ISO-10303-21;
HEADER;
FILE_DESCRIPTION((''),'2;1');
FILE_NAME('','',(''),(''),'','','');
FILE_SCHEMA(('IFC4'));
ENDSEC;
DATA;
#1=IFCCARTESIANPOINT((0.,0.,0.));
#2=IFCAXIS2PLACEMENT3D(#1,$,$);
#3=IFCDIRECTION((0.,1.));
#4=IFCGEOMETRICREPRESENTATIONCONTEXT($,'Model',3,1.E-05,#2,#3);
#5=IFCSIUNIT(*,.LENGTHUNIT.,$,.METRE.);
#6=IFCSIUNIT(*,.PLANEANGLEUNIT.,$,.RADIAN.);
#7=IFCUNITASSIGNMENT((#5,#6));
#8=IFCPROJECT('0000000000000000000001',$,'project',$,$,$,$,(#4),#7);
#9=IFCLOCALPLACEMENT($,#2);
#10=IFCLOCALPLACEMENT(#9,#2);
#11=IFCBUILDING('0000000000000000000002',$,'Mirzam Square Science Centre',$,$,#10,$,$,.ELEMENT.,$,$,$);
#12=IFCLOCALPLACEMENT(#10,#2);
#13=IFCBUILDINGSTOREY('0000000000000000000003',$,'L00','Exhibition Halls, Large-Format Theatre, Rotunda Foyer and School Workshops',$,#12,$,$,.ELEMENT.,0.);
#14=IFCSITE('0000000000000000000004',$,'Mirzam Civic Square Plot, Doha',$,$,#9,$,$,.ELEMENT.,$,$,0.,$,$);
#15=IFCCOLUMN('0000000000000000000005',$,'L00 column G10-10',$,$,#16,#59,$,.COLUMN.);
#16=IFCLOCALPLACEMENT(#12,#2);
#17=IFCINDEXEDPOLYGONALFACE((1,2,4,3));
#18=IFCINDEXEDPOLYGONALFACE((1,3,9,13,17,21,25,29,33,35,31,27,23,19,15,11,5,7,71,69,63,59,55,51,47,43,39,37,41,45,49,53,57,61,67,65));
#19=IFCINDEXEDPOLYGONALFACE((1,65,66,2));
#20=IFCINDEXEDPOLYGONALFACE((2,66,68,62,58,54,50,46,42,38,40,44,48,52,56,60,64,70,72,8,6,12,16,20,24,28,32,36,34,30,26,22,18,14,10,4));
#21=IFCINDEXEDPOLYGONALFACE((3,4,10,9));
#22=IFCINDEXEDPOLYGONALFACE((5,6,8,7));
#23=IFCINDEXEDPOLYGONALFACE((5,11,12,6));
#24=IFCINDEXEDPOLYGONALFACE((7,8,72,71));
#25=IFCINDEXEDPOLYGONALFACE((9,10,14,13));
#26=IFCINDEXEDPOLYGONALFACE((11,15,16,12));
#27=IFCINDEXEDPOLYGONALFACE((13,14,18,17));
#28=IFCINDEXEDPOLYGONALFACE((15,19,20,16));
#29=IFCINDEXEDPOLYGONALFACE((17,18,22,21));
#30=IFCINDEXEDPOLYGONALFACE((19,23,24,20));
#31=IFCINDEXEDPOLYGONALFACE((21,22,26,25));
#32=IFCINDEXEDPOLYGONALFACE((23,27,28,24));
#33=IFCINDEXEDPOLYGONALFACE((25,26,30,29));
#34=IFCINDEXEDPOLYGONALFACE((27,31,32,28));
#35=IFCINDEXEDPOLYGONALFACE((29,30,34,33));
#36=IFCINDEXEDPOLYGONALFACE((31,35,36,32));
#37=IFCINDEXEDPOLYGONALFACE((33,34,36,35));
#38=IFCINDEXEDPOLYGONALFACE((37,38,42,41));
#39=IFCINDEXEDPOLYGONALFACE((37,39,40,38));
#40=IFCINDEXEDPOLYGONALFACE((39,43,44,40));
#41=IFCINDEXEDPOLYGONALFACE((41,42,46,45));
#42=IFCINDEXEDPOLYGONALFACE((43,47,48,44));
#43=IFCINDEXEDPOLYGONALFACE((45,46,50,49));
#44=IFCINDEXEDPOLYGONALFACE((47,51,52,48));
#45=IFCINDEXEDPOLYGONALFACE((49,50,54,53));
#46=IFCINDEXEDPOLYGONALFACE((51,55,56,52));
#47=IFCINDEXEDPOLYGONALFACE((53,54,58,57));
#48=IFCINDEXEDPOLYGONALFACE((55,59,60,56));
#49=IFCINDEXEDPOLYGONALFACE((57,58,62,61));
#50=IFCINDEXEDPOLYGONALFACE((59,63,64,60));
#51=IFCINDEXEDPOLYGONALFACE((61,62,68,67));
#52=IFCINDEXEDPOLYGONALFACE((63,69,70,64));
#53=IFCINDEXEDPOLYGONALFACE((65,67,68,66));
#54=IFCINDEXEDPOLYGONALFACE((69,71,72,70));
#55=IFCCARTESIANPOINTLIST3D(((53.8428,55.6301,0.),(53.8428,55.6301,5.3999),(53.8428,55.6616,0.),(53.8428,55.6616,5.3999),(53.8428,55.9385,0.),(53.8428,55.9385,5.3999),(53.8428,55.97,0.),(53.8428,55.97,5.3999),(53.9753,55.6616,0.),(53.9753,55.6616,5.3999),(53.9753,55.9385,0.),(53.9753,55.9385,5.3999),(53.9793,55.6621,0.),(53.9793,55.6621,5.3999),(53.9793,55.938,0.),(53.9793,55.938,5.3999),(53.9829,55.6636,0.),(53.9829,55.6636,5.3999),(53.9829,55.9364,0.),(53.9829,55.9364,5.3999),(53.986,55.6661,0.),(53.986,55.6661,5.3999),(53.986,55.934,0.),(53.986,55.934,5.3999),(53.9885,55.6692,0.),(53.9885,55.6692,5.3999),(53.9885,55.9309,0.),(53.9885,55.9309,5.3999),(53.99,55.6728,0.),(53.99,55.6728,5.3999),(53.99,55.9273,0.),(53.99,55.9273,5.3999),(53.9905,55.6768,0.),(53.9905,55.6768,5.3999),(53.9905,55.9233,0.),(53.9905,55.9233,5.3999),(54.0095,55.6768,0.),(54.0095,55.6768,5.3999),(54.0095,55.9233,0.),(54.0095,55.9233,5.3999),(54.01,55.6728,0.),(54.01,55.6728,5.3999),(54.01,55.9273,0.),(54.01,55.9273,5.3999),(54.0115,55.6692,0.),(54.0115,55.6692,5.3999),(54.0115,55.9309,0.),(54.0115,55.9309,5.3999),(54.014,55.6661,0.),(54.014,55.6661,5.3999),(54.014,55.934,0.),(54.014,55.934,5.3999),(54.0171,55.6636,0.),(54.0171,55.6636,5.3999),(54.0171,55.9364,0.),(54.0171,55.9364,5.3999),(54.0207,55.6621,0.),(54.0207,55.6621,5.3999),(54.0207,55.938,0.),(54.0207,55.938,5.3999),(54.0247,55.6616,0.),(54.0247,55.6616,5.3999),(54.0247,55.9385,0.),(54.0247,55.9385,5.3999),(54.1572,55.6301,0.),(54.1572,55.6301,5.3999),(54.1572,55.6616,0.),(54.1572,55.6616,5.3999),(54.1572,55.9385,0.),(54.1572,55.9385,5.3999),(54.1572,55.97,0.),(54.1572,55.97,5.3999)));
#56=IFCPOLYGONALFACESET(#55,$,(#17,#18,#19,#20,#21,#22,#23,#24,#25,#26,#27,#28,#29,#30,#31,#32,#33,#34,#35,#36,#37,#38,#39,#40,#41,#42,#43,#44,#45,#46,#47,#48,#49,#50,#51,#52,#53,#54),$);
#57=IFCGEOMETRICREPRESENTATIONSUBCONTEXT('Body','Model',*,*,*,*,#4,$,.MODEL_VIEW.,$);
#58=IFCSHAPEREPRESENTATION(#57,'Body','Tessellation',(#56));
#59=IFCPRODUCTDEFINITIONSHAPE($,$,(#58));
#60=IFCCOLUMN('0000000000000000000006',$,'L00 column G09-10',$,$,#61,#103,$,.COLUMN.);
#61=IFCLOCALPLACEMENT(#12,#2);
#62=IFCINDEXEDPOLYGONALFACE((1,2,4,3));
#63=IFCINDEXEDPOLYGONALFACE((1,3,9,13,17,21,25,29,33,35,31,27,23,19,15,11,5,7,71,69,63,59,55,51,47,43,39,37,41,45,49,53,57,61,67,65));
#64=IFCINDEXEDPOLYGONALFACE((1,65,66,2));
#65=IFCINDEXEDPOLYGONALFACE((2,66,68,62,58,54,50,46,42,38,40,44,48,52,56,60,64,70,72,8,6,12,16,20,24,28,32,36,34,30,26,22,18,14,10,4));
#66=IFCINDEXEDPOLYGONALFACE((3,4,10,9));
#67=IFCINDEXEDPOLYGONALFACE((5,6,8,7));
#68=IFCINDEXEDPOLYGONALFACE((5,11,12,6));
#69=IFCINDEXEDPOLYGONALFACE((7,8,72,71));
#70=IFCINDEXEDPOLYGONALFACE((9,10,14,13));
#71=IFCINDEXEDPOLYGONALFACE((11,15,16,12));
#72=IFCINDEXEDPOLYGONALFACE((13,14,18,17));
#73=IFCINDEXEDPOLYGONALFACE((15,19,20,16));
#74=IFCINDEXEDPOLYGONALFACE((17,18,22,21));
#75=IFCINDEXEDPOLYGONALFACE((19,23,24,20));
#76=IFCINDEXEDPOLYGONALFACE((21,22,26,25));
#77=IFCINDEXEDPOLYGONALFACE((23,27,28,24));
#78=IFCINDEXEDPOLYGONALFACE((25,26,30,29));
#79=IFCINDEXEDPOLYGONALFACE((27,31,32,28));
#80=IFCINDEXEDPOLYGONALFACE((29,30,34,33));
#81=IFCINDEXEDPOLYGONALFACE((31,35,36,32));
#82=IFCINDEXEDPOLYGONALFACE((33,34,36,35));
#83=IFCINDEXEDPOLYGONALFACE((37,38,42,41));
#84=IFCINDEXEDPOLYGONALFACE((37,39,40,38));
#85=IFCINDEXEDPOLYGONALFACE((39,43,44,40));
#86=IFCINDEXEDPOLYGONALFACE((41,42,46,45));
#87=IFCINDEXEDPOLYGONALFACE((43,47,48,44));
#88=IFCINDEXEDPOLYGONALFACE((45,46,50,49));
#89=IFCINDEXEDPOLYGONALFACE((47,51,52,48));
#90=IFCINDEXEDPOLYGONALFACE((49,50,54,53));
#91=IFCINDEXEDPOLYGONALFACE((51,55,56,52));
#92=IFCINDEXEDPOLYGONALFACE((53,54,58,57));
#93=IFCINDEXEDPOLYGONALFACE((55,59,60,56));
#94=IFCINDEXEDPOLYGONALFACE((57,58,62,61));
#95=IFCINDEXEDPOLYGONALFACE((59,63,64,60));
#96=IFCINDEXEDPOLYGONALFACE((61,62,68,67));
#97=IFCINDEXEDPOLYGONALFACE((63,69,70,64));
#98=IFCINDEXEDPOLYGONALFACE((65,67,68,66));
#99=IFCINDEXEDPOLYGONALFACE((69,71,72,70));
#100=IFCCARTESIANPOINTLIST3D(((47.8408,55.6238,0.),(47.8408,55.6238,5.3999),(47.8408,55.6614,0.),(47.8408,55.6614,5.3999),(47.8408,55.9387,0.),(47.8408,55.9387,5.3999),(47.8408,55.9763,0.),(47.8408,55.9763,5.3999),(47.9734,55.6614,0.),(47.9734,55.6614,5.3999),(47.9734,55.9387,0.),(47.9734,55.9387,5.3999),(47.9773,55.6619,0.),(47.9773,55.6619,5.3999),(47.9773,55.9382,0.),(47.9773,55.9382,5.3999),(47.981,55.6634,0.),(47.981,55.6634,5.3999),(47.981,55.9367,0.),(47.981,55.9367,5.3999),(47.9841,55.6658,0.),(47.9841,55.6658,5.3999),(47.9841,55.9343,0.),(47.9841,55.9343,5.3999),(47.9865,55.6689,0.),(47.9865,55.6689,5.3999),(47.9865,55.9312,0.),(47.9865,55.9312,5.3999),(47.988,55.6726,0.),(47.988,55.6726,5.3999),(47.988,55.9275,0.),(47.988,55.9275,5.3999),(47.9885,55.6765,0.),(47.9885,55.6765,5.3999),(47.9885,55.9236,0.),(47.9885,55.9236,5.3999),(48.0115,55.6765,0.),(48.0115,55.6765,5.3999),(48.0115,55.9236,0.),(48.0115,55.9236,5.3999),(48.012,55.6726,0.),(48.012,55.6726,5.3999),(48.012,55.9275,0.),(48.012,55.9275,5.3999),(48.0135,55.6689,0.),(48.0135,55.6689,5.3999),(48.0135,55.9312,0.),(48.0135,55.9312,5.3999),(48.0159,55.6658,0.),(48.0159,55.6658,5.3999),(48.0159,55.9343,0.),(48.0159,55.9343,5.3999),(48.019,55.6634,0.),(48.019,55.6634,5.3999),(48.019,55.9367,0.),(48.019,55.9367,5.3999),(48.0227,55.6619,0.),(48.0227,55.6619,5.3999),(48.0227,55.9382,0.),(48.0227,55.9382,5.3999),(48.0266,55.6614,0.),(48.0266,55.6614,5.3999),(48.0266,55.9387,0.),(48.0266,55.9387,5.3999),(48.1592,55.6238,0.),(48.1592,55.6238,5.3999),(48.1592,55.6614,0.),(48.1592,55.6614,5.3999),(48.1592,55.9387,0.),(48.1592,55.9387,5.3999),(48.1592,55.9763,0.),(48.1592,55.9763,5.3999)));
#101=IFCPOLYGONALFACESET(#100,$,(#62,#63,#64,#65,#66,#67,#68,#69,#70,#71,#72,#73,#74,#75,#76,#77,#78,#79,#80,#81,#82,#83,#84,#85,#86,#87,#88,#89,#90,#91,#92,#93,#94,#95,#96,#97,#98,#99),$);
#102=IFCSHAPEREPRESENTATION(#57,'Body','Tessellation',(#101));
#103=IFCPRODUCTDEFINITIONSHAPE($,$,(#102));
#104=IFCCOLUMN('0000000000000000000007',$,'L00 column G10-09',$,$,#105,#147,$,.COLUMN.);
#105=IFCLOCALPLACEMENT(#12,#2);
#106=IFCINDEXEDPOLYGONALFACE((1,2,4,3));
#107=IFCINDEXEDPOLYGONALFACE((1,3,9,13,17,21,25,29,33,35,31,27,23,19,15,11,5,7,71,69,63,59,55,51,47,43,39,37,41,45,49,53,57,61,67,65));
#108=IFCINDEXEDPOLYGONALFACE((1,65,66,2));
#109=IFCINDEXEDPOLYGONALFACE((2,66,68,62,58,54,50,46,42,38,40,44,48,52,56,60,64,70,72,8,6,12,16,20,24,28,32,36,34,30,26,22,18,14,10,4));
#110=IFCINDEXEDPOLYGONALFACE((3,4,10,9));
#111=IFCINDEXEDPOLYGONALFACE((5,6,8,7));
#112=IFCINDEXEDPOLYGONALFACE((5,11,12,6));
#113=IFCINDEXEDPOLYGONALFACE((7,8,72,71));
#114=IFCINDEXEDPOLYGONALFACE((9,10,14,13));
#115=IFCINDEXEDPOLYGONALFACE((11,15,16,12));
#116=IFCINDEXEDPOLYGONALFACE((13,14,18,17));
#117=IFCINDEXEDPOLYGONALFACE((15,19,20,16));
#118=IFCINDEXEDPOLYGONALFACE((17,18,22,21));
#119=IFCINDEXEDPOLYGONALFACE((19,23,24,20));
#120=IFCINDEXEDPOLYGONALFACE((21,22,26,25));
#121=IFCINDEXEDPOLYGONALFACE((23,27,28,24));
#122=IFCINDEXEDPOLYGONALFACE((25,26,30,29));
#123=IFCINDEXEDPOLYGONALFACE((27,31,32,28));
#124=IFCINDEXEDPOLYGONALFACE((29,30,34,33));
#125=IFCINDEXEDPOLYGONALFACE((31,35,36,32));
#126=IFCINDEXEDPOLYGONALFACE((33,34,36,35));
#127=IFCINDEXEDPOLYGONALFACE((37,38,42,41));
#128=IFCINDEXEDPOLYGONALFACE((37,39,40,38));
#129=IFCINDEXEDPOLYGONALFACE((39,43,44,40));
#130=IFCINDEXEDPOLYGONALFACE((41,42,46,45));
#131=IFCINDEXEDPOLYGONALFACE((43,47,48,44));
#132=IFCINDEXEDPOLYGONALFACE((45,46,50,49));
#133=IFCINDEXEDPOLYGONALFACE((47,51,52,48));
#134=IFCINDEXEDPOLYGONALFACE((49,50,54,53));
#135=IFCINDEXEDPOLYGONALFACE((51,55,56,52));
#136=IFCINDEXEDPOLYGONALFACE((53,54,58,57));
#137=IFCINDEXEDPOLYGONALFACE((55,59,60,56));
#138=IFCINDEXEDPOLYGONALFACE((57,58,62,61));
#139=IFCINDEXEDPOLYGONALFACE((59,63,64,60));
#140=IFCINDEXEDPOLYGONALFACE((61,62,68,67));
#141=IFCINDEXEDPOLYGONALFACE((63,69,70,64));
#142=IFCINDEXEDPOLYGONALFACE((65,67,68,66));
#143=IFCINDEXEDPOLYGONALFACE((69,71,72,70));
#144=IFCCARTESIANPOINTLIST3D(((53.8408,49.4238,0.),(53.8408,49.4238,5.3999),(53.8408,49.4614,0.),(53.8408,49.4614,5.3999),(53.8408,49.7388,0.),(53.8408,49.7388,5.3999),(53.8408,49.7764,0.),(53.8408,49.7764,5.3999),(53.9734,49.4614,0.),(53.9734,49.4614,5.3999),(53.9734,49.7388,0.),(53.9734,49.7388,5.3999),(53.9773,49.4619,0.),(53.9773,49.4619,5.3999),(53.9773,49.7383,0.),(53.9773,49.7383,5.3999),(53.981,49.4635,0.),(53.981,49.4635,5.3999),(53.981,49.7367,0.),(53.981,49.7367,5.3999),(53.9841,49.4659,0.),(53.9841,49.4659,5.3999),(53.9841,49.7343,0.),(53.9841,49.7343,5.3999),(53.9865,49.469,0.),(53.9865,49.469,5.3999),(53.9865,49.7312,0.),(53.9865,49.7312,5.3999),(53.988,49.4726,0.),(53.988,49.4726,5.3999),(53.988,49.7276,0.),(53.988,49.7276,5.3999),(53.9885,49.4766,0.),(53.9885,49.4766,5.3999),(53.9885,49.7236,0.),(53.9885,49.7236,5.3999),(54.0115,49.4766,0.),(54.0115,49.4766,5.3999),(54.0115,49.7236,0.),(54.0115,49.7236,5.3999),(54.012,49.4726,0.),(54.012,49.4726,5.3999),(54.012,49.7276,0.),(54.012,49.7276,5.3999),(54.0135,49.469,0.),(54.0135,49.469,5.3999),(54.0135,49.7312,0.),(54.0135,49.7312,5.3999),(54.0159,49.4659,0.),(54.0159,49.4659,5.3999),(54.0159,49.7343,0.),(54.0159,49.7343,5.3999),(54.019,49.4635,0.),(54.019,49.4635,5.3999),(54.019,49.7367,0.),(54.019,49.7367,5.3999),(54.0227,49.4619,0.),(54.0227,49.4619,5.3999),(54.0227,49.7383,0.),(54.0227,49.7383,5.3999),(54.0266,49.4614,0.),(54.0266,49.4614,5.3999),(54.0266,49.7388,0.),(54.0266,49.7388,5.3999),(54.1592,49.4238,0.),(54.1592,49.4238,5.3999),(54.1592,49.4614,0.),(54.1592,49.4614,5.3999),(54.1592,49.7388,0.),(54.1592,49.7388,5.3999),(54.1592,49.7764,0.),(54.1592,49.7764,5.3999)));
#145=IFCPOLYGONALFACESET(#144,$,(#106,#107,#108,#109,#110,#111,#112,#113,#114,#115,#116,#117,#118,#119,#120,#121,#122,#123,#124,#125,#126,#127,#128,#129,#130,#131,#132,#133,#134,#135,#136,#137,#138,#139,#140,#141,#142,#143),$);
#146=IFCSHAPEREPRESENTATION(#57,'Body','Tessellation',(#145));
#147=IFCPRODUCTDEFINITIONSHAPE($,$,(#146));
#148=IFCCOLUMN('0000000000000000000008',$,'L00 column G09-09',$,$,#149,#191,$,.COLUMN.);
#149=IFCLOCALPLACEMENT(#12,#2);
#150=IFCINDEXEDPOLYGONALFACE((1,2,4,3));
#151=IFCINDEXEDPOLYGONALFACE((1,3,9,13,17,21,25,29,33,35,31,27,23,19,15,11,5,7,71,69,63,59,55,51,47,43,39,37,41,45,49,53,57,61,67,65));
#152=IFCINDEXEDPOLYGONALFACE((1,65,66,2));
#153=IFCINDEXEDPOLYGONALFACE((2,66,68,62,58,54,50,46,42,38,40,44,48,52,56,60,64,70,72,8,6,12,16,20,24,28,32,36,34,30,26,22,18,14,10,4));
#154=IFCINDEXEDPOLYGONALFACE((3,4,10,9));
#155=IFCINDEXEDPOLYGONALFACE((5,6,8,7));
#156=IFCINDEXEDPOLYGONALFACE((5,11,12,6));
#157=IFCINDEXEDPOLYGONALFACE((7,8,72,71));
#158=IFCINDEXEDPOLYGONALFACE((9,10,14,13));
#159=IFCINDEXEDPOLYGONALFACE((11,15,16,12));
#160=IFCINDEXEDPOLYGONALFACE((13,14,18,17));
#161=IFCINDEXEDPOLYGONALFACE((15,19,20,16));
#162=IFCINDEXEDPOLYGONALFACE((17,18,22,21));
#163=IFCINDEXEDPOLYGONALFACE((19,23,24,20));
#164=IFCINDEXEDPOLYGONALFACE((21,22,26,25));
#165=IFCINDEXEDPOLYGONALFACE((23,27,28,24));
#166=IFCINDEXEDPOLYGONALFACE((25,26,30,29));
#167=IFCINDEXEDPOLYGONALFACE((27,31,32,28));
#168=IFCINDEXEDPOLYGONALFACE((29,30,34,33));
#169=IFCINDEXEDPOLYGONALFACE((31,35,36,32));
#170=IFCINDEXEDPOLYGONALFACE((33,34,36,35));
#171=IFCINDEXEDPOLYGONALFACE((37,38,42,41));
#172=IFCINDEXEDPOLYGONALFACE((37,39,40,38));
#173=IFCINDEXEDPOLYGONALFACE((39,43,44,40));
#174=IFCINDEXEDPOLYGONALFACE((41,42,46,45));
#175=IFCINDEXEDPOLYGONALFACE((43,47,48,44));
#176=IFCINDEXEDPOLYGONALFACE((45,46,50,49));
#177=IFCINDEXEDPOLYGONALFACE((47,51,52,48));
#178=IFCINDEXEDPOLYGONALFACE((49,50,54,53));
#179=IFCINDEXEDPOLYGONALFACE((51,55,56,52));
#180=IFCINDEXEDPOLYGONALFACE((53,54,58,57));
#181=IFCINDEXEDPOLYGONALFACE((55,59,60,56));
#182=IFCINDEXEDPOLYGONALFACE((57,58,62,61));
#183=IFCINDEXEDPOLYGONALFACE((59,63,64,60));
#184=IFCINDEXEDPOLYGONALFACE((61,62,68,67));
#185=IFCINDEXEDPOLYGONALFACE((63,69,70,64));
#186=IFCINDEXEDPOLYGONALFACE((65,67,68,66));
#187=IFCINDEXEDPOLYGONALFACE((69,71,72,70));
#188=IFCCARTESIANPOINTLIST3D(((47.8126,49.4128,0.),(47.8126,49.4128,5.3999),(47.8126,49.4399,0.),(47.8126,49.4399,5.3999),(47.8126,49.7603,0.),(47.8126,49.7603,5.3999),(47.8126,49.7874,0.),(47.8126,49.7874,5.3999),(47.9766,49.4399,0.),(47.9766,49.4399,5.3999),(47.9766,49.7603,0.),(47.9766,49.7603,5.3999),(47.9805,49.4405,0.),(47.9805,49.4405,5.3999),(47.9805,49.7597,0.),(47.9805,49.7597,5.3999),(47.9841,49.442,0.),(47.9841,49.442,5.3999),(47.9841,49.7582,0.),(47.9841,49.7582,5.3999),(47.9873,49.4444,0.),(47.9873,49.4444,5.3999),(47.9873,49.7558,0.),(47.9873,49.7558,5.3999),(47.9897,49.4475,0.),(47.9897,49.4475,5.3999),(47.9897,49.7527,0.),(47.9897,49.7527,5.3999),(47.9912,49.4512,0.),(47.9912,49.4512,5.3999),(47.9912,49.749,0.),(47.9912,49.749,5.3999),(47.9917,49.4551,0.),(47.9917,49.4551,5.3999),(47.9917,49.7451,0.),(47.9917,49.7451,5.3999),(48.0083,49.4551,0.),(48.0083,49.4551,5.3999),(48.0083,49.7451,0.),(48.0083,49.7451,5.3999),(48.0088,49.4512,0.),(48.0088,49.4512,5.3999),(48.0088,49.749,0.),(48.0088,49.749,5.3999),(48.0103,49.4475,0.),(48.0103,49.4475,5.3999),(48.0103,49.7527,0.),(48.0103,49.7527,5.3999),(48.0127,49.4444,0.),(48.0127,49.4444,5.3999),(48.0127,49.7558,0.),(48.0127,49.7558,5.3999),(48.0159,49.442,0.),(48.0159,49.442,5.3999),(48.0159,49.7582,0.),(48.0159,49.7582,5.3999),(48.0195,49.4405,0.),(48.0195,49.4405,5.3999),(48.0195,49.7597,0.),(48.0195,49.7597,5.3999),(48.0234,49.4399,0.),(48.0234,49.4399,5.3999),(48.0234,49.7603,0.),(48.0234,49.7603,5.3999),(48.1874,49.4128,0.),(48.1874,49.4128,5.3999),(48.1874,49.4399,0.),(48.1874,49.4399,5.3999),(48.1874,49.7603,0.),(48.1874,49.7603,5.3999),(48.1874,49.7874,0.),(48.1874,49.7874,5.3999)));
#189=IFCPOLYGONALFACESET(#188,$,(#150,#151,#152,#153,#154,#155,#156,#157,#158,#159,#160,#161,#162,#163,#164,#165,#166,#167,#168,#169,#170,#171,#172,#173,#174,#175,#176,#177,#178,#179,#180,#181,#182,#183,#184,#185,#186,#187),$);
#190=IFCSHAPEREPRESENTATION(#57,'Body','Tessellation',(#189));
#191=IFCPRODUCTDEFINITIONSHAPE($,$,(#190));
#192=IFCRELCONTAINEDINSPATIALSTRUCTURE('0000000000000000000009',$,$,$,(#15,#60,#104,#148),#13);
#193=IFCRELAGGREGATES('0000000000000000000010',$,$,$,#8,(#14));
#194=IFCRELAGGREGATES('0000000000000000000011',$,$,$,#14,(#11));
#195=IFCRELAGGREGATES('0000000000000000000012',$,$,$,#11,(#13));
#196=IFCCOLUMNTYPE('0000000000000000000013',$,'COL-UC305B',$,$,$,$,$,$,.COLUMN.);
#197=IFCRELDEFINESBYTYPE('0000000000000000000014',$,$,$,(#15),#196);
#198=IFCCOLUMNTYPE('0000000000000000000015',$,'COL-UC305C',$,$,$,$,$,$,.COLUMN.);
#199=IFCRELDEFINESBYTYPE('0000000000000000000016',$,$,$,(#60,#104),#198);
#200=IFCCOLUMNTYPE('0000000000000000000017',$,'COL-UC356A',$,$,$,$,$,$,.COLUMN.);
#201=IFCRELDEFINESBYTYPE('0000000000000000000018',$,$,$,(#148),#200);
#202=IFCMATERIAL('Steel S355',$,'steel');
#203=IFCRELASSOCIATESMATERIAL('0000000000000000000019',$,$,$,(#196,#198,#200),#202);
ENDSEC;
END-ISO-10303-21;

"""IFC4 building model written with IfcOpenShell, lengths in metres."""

from ifc_helpers import new_model, si_unit, direction, frame, origin, origin_2d, place, context, subcontext, project, spatial, i_section, extrude, material, material_profile, profile_set, type_object, element, save


model = new_model("IFC4")

# Units and contexts
model_context = context("Model", 3, precision=1e-05, world=origin(), true_north=direction((0.0, 1.0)))
body_context = subcontext(model_context, "Body", "Model", "MODEL_VIEW")
ifc_project = project(units=[si_unit("LENGTHUNIT", "METRE"), si_unit("PLANEANGLEUNIT", "RADIAN")], contexts=[model_context])

# Site, building, storey
site_placement = place(None, origin())
site = spatial("IfcSite", under=ifc_project, at=site_placement, Name="Mirzam Civic Square Plot, Doha", CompositionType="ELEMENT", RefElevation=0.0)
building_placement = place(site_placement, origin())
building = spatial("IfcBuilding", under=site, at=building_placement, Name="Mirzam Square Science Centre", CompositionType="ELEMENT")
storey_placement = place(building_placement, origin())
storey = spatial("IfcBuildingStorey", under=building, at=storey_placement, Name="L00", Description="Exhibition Halls, Large-Format Theatre, Rotunda Foyer and School Workshops", CompositionType="ELEMENT", Elevation=0.0)

# Columns
ifc_material_1 = material(Name="Steel S355", Category="steel")
ifc_material_profile_1 = material_profile(ifc_material_1, i_section(OverallWidth=0.3145, OverallDepth=0.3398, WebThickness=0.019, FlangeThickness=0.0315, FilletRadius=0.0151, at=origin_2d()), Name="305x305x198UC")
ifc_profile_set_1 = profile_set([ifc_material_profile_1], Name="Steel S355")
column_type_1 = type_object("IfcColumnType", Name="COL-UC305B", PredefinedType="COLUMN", material=ifc_profile_set_1)
column_1_placement = place(storey_placement, frame((54.0, 55.8, 0.0), z_axis=(0.0, 0.0, 1.0), x_axis=(1.0, 0.0, 0.0)))
element("IfcColumn", 1, at=column_1_placement, inside=storey, type_object=column_type_1, Name="L00 column G10-10", PredefinedType="COLUMN", context=body_context, shape_type="SweptSolid", body=[
    extrude(i_section(OverallWidth=0.3145, OverallDepth=0.3398, WebThickness=0.019, FlangeThickness=0.0315, FilletRadius=0.0151, at=origin_2d()), origin(), (0.0, 0.0, 1.0), 5.3999),
])
ifc_material_profile_2 = material_profile(ifc_material_1, i_section(OverallWidth=0.3184, OverallDepth=0.3525, WebThickness=0.0229, FlangeThickness=0.0376, FilletRadius=0.0151, at=origin_2d()), Name="305x305x240UC")
ifc_profile_set_2 = profile_set([ifc_material_profile_2], Name="Steel S355")
column_type_2 = type_object("IfcColumnType", Name="COL-UC305C", PredefinedType="COLUMN", material=ifc_profile_set_2)
for number, where, z_axis, x_axis, name in (
    (2, (48.0, 55.8, 0.0), (0.0, 0.0, 1.0), (1.0, 0.0, 0.0), "L00 column G09-10"),
    (3, (54.0, 49.6001, 0.0), (0.0, 0.0, 1.0), (1.0, 0.0, 0.0), "L00 column G10-09"),
):
    element("IfcColumn", number, at=place(storey_placement, frame(where, z_axis=z_axis, x_axis=x_axis)), inside=storey, type_object=column_type_2, Name=name, PredefinedType="COLUMN", context=body_context, shape_type="SweptSolid", body=[
        extrude(i_section(OverallWidth=0.3184, OverallDepth=0.3525, WebThickness=0.0229, FlangeThickness=0.0376, FilletRadius=0.0151, at=origin_2d()), origin(), (0.0, 0.0, 1.0), 5.3999),
    ])
ifc_material_profile_3 = material_profile(ifc_material_1, i_section(OverallWidth=0.3748, OverallDepth=0.3745, WebThickness=0.0166, FlangeThickness=0.0271, FilletRadius=0.0151, at=origin_2d()), Name="356x368x202UC")
ifc_profile_set_3 = profile_set([ifc_material_profile_3], Name="Steel S355")
column_type_3 = type_object("IfcColumnType", Name="COL-UC356A", PredefinedType="COLUMN", material=ifc_profile_set_3)
column_2_placement = place(storey_placement, frame((48.0, 49.6001, 0.0), z_axis=(0.0, 0.0, 1.0), x_axis=(1.0, 0.0, 0.0)))
element("IfcColumn", 4, at=column_2_placement, inside=storey, type_object=column_type_3, Name="L00 column G09-09", PredefinedType="COLUMN", context=body_context, shape_type="SweptSolid", body=[
    extrude(i_section(OverallWidth=0.3748, OverallDepth=0.3745, WebThickness=0.0166, FlangeThickness=0.0271, FilletRadius=0.0151, at=origin_2d()), origin(), (0.0, 0.0, 1.0), 5.3999),
])

save(model, "model.ifc")
